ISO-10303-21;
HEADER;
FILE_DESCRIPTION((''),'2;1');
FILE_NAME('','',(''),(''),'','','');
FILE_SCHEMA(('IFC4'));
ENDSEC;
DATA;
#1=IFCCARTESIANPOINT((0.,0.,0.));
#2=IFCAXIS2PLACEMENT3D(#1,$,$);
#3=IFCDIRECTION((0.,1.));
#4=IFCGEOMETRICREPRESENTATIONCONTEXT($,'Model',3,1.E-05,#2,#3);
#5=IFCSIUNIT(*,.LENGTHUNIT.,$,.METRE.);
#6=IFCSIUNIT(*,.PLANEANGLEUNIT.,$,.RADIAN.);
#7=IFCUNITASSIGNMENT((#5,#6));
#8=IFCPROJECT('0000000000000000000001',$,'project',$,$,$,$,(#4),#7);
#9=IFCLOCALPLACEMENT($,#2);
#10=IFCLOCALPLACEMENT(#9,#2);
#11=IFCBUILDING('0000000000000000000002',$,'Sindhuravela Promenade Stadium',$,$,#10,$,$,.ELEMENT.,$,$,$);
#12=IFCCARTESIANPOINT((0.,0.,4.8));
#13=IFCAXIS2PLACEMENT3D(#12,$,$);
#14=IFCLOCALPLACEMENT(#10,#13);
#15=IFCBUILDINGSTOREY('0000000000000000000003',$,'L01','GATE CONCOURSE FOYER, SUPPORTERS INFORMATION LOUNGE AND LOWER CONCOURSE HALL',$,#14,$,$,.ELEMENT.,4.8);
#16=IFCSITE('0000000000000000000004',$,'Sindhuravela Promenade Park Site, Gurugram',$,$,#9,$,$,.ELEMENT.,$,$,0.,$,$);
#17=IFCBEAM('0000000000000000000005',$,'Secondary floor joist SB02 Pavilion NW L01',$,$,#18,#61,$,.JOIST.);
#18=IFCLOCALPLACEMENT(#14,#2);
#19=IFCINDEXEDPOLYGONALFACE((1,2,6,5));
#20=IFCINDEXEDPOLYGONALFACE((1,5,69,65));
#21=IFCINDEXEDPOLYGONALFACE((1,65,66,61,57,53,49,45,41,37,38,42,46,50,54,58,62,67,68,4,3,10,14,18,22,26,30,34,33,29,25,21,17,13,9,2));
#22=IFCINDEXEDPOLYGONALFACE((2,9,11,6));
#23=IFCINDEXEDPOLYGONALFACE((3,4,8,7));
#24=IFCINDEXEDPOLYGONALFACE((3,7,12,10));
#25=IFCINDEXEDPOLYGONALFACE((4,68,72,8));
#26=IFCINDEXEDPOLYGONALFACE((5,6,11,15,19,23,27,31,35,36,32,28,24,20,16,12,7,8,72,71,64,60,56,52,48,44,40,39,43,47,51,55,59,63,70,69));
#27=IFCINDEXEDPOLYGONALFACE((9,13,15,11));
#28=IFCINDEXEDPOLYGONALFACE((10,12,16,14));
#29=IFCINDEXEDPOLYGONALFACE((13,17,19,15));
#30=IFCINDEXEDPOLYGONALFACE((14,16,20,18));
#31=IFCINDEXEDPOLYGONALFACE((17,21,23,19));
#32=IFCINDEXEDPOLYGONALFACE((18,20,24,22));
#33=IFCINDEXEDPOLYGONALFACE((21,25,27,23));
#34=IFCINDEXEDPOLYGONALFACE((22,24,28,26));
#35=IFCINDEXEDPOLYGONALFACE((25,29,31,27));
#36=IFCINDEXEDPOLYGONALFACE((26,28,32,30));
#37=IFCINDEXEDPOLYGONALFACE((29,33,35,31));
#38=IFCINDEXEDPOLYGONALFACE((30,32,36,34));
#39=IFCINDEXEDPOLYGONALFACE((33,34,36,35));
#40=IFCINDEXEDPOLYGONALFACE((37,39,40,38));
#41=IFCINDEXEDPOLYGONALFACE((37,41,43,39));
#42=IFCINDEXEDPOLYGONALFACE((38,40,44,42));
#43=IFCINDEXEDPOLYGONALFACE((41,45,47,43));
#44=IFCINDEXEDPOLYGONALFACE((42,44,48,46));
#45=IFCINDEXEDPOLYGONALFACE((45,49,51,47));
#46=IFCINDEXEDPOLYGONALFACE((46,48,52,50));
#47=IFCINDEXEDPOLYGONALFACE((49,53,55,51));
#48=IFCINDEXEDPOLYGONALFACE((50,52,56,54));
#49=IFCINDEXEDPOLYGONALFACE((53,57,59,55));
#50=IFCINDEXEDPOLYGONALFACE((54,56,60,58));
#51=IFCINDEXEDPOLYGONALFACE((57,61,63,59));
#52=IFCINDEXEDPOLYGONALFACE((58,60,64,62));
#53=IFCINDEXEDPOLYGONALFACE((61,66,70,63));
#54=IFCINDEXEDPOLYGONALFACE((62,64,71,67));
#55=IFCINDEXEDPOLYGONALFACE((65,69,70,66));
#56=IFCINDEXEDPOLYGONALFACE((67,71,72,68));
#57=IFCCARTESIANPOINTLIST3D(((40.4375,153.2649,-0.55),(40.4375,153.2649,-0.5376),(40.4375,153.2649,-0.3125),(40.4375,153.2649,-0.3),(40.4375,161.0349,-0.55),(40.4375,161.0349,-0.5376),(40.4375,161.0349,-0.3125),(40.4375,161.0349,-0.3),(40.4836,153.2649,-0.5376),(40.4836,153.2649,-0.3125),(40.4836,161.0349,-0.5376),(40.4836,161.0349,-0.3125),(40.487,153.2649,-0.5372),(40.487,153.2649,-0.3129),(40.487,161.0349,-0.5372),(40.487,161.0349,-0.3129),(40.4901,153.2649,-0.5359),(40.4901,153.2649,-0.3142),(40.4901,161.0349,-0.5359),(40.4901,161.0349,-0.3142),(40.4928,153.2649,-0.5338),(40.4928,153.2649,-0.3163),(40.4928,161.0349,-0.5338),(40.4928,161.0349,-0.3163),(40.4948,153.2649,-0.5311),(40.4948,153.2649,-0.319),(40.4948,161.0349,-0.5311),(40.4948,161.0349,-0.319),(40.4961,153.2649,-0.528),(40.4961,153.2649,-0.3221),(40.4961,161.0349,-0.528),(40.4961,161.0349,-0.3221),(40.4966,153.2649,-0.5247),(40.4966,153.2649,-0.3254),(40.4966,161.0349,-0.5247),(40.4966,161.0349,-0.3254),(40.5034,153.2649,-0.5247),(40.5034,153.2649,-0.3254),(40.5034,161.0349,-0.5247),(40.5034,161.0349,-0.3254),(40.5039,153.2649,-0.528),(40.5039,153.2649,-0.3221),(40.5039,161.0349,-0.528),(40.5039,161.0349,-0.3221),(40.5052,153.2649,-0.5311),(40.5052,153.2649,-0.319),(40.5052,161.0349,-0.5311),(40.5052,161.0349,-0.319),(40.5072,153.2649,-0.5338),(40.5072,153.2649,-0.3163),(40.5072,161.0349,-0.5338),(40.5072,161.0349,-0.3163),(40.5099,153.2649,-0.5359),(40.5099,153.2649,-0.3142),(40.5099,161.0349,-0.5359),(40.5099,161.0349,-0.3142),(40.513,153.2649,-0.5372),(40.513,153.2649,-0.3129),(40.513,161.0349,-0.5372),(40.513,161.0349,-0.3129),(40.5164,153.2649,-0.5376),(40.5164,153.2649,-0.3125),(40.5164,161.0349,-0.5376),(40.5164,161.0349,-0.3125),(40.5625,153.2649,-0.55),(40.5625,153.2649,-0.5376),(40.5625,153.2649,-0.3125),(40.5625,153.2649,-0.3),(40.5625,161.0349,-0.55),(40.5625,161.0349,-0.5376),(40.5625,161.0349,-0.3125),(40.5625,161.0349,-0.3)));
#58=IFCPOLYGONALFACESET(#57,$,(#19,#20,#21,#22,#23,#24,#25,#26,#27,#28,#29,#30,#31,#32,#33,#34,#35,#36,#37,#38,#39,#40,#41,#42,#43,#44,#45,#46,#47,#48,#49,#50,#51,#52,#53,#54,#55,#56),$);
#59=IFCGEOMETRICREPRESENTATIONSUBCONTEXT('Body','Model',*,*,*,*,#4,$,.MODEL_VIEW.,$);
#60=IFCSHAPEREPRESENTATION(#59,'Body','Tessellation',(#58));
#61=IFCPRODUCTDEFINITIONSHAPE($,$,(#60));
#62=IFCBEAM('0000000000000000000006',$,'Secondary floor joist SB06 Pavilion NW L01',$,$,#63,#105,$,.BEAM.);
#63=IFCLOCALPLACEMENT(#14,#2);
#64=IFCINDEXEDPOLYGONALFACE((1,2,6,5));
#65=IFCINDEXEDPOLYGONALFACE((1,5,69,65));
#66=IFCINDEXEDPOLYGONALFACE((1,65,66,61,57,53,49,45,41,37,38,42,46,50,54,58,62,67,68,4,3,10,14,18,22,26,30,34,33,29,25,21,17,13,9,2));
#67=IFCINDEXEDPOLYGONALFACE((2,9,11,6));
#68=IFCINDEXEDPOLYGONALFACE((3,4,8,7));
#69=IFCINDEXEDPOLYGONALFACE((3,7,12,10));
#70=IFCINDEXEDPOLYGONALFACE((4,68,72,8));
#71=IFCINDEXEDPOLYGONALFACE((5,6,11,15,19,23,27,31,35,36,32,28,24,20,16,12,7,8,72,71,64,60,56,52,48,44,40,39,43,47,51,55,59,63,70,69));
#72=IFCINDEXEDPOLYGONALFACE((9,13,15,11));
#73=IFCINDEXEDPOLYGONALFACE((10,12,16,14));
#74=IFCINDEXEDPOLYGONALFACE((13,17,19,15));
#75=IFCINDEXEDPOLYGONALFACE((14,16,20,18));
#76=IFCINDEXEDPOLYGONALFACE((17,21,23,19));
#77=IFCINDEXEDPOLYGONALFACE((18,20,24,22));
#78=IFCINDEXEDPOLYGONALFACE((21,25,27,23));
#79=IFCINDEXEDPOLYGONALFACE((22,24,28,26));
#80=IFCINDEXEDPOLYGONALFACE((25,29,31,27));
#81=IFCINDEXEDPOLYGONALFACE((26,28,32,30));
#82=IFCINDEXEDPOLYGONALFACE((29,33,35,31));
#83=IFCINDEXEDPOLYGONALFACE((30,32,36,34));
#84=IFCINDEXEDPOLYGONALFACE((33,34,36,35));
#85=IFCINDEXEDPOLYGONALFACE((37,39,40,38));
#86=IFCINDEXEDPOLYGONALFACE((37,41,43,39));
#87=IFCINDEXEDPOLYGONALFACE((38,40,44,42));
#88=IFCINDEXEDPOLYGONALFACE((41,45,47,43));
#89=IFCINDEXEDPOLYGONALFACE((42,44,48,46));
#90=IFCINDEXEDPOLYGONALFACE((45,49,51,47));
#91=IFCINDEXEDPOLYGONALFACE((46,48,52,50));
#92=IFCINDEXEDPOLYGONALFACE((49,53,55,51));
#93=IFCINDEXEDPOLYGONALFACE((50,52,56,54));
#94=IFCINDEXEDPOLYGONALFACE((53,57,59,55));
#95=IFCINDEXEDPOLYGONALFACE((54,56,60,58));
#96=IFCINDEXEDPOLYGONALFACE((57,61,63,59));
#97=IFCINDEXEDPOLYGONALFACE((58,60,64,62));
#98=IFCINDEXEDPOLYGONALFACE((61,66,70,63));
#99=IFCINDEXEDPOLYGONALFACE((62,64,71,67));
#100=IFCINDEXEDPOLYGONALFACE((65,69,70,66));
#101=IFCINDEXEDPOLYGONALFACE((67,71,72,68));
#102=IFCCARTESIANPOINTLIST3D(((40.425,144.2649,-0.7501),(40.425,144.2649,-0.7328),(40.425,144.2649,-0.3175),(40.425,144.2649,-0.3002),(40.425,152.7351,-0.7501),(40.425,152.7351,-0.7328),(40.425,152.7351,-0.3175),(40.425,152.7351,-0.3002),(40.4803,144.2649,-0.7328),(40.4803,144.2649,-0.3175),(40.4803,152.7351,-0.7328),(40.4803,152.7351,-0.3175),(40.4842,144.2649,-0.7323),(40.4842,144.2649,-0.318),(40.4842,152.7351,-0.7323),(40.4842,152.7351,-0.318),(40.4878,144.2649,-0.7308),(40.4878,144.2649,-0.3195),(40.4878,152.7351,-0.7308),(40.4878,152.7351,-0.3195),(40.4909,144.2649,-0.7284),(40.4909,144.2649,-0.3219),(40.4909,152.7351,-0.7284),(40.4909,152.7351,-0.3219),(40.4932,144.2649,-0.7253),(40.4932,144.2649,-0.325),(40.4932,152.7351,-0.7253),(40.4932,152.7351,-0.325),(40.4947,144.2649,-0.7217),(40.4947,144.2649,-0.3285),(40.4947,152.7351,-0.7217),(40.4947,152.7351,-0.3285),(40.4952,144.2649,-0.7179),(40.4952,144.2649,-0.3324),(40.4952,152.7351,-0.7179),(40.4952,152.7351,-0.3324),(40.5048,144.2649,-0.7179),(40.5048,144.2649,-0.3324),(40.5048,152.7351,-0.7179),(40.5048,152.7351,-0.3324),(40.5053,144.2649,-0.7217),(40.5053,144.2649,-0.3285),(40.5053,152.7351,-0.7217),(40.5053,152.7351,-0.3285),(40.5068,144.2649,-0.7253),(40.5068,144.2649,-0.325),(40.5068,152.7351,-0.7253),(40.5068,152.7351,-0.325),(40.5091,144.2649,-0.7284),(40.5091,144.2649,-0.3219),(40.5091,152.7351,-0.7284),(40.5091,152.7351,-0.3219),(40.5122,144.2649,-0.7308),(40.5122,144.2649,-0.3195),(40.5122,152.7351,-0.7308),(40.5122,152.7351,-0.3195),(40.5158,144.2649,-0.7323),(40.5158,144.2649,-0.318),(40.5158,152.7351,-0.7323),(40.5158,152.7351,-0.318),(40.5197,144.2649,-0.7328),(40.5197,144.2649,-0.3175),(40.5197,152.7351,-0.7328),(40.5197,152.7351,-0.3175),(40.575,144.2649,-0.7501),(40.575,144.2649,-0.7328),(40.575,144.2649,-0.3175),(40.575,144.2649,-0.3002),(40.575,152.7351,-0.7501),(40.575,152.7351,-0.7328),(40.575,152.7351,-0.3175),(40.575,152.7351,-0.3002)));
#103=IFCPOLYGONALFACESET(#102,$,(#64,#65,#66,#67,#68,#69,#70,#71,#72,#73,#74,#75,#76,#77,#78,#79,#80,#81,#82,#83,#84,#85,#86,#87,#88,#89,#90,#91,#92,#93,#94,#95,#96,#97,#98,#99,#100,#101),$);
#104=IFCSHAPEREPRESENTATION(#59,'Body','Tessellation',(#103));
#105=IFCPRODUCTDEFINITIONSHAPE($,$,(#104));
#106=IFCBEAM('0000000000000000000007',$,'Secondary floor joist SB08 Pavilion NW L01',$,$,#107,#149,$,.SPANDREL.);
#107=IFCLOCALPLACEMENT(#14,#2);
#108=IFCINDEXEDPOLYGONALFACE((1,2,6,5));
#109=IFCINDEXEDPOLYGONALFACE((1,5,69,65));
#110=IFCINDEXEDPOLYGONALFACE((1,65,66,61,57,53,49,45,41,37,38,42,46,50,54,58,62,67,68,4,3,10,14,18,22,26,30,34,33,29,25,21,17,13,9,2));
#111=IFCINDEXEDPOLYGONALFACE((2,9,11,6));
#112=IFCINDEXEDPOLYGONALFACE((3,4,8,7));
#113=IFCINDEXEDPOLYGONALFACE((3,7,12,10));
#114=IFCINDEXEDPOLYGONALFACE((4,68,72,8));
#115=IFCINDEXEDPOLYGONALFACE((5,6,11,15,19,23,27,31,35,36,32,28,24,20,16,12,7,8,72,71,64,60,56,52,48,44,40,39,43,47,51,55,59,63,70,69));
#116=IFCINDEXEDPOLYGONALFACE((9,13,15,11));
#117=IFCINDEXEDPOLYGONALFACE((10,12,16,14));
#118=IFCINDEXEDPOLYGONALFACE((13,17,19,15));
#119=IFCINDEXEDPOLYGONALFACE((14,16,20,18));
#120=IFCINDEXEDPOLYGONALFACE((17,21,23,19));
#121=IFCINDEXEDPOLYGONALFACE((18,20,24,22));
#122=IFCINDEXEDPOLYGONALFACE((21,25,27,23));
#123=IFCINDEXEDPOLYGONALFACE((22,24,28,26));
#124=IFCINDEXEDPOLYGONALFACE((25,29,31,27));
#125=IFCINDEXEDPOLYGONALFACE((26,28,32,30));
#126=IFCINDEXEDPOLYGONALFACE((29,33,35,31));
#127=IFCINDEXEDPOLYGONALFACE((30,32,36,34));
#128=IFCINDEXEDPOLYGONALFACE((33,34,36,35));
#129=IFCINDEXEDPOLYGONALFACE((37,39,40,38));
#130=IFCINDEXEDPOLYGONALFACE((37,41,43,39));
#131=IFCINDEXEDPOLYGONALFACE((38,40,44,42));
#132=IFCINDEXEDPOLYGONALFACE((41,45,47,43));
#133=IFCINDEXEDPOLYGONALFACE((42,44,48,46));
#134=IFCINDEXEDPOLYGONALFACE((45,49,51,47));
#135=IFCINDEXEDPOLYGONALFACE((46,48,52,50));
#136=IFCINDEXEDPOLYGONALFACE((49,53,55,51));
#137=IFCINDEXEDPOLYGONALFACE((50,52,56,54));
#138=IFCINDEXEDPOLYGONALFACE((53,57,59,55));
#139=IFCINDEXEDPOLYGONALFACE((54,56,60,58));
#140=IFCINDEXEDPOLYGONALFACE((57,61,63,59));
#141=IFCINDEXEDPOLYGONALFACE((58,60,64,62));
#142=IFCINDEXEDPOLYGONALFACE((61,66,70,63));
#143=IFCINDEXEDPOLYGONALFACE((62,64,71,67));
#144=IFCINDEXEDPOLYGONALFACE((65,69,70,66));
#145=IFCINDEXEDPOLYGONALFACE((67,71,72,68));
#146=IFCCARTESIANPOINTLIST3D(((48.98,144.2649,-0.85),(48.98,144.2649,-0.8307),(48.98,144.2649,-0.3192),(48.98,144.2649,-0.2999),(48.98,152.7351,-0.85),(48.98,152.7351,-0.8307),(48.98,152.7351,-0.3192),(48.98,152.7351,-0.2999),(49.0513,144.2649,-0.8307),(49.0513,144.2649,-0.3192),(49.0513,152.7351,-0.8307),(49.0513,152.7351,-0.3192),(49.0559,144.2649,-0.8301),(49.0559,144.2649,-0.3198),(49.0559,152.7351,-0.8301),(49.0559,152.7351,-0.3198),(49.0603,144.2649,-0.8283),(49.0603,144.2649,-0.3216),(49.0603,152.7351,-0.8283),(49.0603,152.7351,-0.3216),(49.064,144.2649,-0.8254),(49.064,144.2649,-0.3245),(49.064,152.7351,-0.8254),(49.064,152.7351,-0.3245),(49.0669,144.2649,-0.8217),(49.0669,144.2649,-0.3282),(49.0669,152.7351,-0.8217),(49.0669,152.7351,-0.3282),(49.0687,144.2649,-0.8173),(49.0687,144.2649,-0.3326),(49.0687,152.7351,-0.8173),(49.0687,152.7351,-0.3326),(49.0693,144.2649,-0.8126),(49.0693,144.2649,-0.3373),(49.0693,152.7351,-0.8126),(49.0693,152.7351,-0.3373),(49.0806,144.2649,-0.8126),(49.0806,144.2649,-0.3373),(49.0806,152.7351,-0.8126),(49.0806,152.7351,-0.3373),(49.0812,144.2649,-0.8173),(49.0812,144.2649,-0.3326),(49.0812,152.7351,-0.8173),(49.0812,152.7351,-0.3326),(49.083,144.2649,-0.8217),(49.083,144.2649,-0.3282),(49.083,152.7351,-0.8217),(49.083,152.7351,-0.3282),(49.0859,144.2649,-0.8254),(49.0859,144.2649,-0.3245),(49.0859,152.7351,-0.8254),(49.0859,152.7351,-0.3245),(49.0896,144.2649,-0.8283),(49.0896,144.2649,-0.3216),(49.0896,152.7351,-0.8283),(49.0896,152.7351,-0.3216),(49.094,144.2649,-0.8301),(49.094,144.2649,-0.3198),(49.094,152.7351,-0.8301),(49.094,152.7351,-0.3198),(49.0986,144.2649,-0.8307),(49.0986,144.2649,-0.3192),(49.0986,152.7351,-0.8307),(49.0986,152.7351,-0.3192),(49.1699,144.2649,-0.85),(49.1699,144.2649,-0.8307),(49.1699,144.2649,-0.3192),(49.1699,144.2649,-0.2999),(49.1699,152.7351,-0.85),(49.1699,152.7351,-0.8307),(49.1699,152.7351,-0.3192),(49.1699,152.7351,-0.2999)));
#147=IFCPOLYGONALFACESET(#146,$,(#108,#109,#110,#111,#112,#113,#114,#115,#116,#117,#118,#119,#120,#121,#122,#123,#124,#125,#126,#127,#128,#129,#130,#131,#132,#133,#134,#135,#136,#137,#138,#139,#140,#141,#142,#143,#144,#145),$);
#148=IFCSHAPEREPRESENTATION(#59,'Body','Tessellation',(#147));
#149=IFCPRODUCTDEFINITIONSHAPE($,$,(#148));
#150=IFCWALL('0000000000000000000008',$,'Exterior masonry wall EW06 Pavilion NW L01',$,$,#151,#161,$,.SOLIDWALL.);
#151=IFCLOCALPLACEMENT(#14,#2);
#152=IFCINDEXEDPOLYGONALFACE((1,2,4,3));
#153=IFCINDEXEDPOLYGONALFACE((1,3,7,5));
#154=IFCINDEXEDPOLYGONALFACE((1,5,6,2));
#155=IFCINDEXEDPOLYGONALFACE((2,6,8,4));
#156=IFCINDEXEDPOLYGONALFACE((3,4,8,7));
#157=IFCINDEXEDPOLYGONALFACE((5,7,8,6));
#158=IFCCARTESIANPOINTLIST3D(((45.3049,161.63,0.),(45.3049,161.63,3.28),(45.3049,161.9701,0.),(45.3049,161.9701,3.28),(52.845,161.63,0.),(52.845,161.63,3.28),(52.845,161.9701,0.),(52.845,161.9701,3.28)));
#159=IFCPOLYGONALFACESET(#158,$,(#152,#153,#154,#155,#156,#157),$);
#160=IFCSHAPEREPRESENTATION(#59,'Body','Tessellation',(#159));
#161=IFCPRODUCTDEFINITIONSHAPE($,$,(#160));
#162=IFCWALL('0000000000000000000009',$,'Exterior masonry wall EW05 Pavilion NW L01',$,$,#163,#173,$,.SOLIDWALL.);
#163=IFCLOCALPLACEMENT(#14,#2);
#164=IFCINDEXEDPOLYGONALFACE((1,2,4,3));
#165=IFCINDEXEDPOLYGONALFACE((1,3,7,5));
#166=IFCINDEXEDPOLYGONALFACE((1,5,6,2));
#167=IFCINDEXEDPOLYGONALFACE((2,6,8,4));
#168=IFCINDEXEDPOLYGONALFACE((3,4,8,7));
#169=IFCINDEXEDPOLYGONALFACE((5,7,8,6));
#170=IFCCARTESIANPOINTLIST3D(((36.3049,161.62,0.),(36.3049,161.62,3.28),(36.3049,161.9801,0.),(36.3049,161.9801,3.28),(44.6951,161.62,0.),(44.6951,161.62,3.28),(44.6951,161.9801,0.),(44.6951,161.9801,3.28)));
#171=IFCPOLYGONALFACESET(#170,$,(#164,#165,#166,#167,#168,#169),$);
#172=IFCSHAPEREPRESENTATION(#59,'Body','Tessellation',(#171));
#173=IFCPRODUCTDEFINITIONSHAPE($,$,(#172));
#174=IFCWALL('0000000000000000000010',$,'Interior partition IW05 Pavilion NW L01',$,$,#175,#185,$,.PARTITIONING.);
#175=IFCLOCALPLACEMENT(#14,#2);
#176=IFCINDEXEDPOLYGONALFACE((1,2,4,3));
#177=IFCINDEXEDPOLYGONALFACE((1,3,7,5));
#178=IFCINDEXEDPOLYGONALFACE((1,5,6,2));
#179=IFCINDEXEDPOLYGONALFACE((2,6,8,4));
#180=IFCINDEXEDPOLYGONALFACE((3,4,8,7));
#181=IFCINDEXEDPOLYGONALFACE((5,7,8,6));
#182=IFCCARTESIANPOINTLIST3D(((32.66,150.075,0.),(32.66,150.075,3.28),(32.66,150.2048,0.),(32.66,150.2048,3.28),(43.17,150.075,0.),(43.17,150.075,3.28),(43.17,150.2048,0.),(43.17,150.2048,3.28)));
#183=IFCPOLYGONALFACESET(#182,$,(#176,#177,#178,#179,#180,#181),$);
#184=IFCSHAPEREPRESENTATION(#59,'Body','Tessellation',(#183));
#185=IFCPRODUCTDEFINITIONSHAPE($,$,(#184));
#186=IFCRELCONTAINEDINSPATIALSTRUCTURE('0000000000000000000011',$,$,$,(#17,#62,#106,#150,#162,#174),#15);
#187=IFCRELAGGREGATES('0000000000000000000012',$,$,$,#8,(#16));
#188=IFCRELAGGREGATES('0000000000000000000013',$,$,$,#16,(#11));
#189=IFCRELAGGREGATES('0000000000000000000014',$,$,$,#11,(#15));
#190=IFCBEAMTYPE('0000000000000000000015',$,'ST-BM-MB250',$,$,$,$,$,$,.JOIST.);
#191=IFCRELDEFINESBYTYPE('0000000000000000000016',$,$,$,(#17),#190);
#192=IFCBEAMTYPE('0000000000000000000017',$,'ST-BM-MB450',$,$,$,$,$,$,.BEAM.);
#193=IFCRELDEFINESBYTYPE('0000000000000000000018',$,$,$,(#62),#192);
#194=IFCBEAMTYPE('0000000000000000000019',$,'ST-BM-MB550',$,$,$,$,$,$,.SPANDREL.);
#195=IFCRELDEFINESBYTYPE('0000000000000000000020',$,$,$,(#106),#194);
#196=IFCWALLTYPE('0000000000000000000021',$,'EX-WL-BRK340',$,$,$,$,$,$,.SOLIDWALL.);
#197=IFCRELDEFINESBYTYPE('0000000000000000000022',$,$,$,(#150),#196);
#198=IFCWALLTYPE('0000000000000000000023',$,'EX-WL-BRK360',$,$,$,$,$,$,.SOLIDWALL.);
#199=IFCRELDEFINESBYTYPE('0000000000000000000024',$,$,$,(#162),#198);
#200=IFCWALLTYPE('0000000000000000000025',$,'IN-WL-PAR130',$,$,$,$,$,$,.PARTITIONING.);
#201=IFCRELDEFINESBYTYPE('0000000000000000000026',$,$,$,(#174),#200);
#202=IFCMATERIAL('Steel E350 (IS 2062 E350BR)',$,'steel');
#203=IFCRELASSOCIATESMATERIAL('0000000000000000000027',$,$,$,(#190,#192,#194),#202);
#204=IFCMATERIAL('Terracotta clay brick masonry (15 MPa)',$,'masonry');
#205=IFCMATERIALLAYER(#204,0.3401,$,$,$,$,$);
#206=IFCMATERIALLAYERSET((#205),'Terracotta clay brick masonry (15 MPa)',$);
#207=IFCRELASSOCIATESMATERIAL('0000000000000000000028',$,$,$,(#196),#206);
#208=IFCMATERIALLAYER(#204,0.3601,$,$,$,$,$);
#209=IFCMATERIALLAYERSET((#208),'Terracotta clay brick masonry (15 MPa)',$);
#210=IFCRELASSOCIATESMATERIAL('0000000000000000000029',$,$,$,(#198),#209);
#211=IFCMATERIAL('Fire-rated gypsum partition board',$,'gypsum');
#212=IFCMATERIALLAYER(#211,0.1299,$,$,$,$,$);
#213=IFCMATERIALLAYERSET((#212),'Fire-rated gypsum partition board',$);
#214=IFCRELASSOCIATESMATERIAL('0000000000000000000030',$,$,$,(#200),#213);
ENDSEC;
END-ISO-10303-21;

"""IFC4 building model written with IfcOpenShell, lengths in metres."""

from ifc_helpers import new_model, si_unit, direction, frame, frame_2d, origin, origin_2d, place, context, subcontext, project, spatial, rectangle, i_section, extrude, material, layer, layer_set, material_profile, profile_set, type_object, element, save


model = new_model("IFC4")

# Units and contexts
model_context = context("Model", 3, precision=1e-05, world=origin(), true_north=direction((0.0, 1.0)))
body_context = subcontext(model_context, "Body", "Model", "MODEL_VIEW")
ifc_project = project(units=[si_unit("LENGTHUNIT", "METRE"), si_unit("PLANEANGLEUNIT", "RADIAN")], contexts=[model_context])

# Site, building, storey
site_placement = place(None, origin())
site = spatial("IfcSite", under=ifc_project, at=site_placement, Name="Sindhuravela Promenade Park Site, Gurugram", CompositionType="ELEMENT", RefElevation=0.0)
building_placement = place(site_placement, origin())
building = spatial("IfcBuilding", under=site, at=building_placement, Name="Sindhuravela Promenade Stadium", CompositionType="ELEMENT")
storey_placement = place(building_placement, frame((0.0, 0.0, 4.8)))
storey = spatial("IfcBuildingStorey", under=building, at=storey_placement, Name="L01", Description="GATE CONCOURSE FOYER, SUPPORTERS INFORMATION LOUNGE AND LOWER CONCOURSE HALL", CompositionType="ELEMENT", Elevation=4.8)

# Beams
ifc_material_1 = material(Name="Steel E350 (IS 2062 E350BR)", Category="steel")
ifc_material_profile_1 = material_profile(ifc_material_1, i_section(OverallWidth=0.125, OverallDepth=0.25, WebThickness=0.0068, FlangeThickness=0.0125, FilletRadius=0.0129, at=origin_2d()), Name="ISMB 250")
ifc_profile_set_1 = profile_set([ifc_material_profile_1], Name="Steel E350 (IS 2062 E350BR)")
beam_type_1 = type_object("IfcBeamType", Name="ST-BM-MB250", PredefinedType="JOIST", material=ifc_profile_set_1)
beam_1_placement = place(storey_placement, frame((40.5, 153.2649, -0.425), z_axis=(0.0, 1.0, 0.0), x_axis=(-1.0, 0.0, 0.0)))
element("IfcBeam", 1, at=beam_1_placement, inside=storey, type_object=beam_type_1, Name="Secondary floor joist SB02 Pavilion NW L01", PredefinedType="JOIST", context=body_context, shape_type="SweptSolid", body=[
    extrude(i_section(OverallWidth=0.125, OverallDepth=0.25, WebThickness=0.0068, FlangeThickness=0.0125, FilletRadius=0.0129, at=origin_2d()), origin(), (0.0, 0.0, 1.0), 7.77),
])
ifc_material_profile_2 = material_profile(ifc_material_1, i_section(OverallWidth=0.1499, OverallDepth=0.45, WebThickness=0.0095, FlangeThickness=0.0173, FilletRadius=0.0149, at=origin_2d()), Name="ISMB 450")
ifc_profile_set_2 = profile_set([ifc_material_profile_2], Name="Steel E350 (IS 2062 E350BR)")
beam_type_2 = type_object("IfcBeamType", Name="ST-BM-MB450", PredefinedType="BEAM", material=ifc_profile_set_2)
beam_2_placement = place(storey_placement, frame((40.5, 144.2649, -0.5251), z_axis=(0.0, 1.0, 0.0), x_axis=(-1.0, 0.0, 0.0)))
element("IfcBeam", 2, at=beam_2_placement, inside=storey, type_object=beam_type_2, Name="Secondary floor joist SB06 Pavilion NW L01", PredefinedType="BEAM", context=body_context, shape_type="SweptSolid", body=[
    extrude(i_section(OverallWidth=0.1499, OverallDepth=0.45, WebThickness=0.0095, FlangeThickness=0.0173, FilletRadius=0.0149, at=origin_2d()), origin(), (0.0, 0.0, 1.0), 8.4702),
])
ifc_material_profile_3 = material_profile(ifc_material_1, i_section(OverallWidth=0.1899, OverallDepth=0.55, WebThickness=0.0112, FlangeThickness=0.0193, FilletRadius=0.0181, at=origin_2d()), Name="ISMB 550")
ifc_profile_set_3 = profile_set([ifc_material_profile_3], Name="Steel E350 (IS 2062 E350BR)")
beam_type_3 = type_object("IfcBeamType", Name="ST-BM-MB550", PredefinedType="SPANDREL", material=ifc_profile_set_3)
beam_3_placement = place(storey_placement, frame((49.075, 144.2649, -0.575), z_axis=(0.0, 1.0, 0.0), x_axis=(-1.0, 0.0, 0.0)))
element("IfcBeam", 3, at=beam_3_placement, inside=storey, type_object=beam_type_3, Name="Secondary floor joist SB08 Pavilion NW L01", PredefinedType="SPANDREL", context=body_context, shape_type="SweptSolid", body=[
    extrude(i_section(OverallWidth=0.1899, OverallDepth=0.55, WebThickness=0.0112, FlangeThickness=0.0193, FilletRadius=0.0181, at=origin_2d()), origin(), (0.0, 0.0, 1.0), 8.4702),
])

# Walls
ifc_material_2 = material(Name="Terracotta clay brick masonry (15 MPa)", Category="masonry")
ifc_layer_1 = layer(ifc_material_2, 0.3401)
ifc_layer_set_1 = layer_set([ifc_layer_1], Name="Terracotta clay brick masonry (15 MPa)")
wall_type_1 = type_object("IfcWallType", Name="EX-WL-BRK340", PredefinedType="SOLIDWALL", material=ifc_layer_set_1)
wall_1_placement = place(storey_placement, frame((45.3049, 161.8, 0.0), z_axis=(0.0, 0.0, 1.0), x_axis=(1.0, 0.0, 0.0)))
element("IfcWall", 4, at=wall_1_placement, inside=storey, type_object=wall_type_1, Name="Exterior masonry wall EW06 Pavilion NW L01", PredefinedType="SOLIDWALL", context=body_context, shape_type="SweptSolid", body=[
    extrude(rectangle(XDim=7.54, YDim=0.3401, at=frame_2d((3.77, 0.0))), origin(), (0.0, 0.0, 1.0), 3.28),
])
ifc_layer_2 = layer(ifc_material_2, 0.3601)
ifc_layer_set_2 = layer_set([ifc_layer_2], Name="Terracotta clay brick masonry (15 MPa)")
wall_type_2 = type_object("IfcWallType", Name="EX-WL-BRK360", PredefinedType="SOLIDWALL", material=ifc_layer_set_2)
wall_2_placement = place(storey_placement, frame((36.3049, 161.8, 0.0), z_axis=(0.0, 0.0, 1.0), x_axis=(1.0, 0.0, 0.0)))
element("IfcWall", 5, at=wall_2_placement, inside=storey, type_object=wall_type_2, Name="Exterior masonry wall EW05 Pavilion NW L01", PredefinedType="SOLIDWALL", context=body_context, shape_type="SweptSolid", body=[
    extrude(rectangle(XDim=8.3901, YDim=0.3601, at=frame_2d((4.1951, 0.0))), origin(), (0.0, 0.0, 1.0), 3.28),
])
ifc_material_3 = material(Name="Fire-rated gypsum partition board", Category="gypsum")
ifc_layer_3 = layer(ifc_material_3, 0.1299)
ifc_layer_set_3 = layer_set([ifc_layer_3], Name="Fire-rated gypsum partition board")
wall_type_3 = type_object("IfcWallType", Name="IN-WL-PAR130", PredefinedType="PARTITIONING", material=ifc_layer_set_3)
wall_3_placement = place(storey_placement, frame((43.1699, 150.1399, 0.0), z_axis=(0.0, 0.0, 1.0), x_axis=(-1.0, 0.0, 0.0)))
element("IfcWall", 6, at=wall_3_placement, inside=storey, type_object=wall_type_3, Name="Interior partition IW05 Pavilion NW L01", PredefinedType="PARTITIONING", context=body_context, shape_type="SweptSolid", body=[
    extrude(rectangle(XDim=10.51, YDim=0.1299, at=frame_2d((5.2549, 0.0))), origin(), (0.0, 0.0, 1.0), 3.28),
])

save(model, "model.ifc")
